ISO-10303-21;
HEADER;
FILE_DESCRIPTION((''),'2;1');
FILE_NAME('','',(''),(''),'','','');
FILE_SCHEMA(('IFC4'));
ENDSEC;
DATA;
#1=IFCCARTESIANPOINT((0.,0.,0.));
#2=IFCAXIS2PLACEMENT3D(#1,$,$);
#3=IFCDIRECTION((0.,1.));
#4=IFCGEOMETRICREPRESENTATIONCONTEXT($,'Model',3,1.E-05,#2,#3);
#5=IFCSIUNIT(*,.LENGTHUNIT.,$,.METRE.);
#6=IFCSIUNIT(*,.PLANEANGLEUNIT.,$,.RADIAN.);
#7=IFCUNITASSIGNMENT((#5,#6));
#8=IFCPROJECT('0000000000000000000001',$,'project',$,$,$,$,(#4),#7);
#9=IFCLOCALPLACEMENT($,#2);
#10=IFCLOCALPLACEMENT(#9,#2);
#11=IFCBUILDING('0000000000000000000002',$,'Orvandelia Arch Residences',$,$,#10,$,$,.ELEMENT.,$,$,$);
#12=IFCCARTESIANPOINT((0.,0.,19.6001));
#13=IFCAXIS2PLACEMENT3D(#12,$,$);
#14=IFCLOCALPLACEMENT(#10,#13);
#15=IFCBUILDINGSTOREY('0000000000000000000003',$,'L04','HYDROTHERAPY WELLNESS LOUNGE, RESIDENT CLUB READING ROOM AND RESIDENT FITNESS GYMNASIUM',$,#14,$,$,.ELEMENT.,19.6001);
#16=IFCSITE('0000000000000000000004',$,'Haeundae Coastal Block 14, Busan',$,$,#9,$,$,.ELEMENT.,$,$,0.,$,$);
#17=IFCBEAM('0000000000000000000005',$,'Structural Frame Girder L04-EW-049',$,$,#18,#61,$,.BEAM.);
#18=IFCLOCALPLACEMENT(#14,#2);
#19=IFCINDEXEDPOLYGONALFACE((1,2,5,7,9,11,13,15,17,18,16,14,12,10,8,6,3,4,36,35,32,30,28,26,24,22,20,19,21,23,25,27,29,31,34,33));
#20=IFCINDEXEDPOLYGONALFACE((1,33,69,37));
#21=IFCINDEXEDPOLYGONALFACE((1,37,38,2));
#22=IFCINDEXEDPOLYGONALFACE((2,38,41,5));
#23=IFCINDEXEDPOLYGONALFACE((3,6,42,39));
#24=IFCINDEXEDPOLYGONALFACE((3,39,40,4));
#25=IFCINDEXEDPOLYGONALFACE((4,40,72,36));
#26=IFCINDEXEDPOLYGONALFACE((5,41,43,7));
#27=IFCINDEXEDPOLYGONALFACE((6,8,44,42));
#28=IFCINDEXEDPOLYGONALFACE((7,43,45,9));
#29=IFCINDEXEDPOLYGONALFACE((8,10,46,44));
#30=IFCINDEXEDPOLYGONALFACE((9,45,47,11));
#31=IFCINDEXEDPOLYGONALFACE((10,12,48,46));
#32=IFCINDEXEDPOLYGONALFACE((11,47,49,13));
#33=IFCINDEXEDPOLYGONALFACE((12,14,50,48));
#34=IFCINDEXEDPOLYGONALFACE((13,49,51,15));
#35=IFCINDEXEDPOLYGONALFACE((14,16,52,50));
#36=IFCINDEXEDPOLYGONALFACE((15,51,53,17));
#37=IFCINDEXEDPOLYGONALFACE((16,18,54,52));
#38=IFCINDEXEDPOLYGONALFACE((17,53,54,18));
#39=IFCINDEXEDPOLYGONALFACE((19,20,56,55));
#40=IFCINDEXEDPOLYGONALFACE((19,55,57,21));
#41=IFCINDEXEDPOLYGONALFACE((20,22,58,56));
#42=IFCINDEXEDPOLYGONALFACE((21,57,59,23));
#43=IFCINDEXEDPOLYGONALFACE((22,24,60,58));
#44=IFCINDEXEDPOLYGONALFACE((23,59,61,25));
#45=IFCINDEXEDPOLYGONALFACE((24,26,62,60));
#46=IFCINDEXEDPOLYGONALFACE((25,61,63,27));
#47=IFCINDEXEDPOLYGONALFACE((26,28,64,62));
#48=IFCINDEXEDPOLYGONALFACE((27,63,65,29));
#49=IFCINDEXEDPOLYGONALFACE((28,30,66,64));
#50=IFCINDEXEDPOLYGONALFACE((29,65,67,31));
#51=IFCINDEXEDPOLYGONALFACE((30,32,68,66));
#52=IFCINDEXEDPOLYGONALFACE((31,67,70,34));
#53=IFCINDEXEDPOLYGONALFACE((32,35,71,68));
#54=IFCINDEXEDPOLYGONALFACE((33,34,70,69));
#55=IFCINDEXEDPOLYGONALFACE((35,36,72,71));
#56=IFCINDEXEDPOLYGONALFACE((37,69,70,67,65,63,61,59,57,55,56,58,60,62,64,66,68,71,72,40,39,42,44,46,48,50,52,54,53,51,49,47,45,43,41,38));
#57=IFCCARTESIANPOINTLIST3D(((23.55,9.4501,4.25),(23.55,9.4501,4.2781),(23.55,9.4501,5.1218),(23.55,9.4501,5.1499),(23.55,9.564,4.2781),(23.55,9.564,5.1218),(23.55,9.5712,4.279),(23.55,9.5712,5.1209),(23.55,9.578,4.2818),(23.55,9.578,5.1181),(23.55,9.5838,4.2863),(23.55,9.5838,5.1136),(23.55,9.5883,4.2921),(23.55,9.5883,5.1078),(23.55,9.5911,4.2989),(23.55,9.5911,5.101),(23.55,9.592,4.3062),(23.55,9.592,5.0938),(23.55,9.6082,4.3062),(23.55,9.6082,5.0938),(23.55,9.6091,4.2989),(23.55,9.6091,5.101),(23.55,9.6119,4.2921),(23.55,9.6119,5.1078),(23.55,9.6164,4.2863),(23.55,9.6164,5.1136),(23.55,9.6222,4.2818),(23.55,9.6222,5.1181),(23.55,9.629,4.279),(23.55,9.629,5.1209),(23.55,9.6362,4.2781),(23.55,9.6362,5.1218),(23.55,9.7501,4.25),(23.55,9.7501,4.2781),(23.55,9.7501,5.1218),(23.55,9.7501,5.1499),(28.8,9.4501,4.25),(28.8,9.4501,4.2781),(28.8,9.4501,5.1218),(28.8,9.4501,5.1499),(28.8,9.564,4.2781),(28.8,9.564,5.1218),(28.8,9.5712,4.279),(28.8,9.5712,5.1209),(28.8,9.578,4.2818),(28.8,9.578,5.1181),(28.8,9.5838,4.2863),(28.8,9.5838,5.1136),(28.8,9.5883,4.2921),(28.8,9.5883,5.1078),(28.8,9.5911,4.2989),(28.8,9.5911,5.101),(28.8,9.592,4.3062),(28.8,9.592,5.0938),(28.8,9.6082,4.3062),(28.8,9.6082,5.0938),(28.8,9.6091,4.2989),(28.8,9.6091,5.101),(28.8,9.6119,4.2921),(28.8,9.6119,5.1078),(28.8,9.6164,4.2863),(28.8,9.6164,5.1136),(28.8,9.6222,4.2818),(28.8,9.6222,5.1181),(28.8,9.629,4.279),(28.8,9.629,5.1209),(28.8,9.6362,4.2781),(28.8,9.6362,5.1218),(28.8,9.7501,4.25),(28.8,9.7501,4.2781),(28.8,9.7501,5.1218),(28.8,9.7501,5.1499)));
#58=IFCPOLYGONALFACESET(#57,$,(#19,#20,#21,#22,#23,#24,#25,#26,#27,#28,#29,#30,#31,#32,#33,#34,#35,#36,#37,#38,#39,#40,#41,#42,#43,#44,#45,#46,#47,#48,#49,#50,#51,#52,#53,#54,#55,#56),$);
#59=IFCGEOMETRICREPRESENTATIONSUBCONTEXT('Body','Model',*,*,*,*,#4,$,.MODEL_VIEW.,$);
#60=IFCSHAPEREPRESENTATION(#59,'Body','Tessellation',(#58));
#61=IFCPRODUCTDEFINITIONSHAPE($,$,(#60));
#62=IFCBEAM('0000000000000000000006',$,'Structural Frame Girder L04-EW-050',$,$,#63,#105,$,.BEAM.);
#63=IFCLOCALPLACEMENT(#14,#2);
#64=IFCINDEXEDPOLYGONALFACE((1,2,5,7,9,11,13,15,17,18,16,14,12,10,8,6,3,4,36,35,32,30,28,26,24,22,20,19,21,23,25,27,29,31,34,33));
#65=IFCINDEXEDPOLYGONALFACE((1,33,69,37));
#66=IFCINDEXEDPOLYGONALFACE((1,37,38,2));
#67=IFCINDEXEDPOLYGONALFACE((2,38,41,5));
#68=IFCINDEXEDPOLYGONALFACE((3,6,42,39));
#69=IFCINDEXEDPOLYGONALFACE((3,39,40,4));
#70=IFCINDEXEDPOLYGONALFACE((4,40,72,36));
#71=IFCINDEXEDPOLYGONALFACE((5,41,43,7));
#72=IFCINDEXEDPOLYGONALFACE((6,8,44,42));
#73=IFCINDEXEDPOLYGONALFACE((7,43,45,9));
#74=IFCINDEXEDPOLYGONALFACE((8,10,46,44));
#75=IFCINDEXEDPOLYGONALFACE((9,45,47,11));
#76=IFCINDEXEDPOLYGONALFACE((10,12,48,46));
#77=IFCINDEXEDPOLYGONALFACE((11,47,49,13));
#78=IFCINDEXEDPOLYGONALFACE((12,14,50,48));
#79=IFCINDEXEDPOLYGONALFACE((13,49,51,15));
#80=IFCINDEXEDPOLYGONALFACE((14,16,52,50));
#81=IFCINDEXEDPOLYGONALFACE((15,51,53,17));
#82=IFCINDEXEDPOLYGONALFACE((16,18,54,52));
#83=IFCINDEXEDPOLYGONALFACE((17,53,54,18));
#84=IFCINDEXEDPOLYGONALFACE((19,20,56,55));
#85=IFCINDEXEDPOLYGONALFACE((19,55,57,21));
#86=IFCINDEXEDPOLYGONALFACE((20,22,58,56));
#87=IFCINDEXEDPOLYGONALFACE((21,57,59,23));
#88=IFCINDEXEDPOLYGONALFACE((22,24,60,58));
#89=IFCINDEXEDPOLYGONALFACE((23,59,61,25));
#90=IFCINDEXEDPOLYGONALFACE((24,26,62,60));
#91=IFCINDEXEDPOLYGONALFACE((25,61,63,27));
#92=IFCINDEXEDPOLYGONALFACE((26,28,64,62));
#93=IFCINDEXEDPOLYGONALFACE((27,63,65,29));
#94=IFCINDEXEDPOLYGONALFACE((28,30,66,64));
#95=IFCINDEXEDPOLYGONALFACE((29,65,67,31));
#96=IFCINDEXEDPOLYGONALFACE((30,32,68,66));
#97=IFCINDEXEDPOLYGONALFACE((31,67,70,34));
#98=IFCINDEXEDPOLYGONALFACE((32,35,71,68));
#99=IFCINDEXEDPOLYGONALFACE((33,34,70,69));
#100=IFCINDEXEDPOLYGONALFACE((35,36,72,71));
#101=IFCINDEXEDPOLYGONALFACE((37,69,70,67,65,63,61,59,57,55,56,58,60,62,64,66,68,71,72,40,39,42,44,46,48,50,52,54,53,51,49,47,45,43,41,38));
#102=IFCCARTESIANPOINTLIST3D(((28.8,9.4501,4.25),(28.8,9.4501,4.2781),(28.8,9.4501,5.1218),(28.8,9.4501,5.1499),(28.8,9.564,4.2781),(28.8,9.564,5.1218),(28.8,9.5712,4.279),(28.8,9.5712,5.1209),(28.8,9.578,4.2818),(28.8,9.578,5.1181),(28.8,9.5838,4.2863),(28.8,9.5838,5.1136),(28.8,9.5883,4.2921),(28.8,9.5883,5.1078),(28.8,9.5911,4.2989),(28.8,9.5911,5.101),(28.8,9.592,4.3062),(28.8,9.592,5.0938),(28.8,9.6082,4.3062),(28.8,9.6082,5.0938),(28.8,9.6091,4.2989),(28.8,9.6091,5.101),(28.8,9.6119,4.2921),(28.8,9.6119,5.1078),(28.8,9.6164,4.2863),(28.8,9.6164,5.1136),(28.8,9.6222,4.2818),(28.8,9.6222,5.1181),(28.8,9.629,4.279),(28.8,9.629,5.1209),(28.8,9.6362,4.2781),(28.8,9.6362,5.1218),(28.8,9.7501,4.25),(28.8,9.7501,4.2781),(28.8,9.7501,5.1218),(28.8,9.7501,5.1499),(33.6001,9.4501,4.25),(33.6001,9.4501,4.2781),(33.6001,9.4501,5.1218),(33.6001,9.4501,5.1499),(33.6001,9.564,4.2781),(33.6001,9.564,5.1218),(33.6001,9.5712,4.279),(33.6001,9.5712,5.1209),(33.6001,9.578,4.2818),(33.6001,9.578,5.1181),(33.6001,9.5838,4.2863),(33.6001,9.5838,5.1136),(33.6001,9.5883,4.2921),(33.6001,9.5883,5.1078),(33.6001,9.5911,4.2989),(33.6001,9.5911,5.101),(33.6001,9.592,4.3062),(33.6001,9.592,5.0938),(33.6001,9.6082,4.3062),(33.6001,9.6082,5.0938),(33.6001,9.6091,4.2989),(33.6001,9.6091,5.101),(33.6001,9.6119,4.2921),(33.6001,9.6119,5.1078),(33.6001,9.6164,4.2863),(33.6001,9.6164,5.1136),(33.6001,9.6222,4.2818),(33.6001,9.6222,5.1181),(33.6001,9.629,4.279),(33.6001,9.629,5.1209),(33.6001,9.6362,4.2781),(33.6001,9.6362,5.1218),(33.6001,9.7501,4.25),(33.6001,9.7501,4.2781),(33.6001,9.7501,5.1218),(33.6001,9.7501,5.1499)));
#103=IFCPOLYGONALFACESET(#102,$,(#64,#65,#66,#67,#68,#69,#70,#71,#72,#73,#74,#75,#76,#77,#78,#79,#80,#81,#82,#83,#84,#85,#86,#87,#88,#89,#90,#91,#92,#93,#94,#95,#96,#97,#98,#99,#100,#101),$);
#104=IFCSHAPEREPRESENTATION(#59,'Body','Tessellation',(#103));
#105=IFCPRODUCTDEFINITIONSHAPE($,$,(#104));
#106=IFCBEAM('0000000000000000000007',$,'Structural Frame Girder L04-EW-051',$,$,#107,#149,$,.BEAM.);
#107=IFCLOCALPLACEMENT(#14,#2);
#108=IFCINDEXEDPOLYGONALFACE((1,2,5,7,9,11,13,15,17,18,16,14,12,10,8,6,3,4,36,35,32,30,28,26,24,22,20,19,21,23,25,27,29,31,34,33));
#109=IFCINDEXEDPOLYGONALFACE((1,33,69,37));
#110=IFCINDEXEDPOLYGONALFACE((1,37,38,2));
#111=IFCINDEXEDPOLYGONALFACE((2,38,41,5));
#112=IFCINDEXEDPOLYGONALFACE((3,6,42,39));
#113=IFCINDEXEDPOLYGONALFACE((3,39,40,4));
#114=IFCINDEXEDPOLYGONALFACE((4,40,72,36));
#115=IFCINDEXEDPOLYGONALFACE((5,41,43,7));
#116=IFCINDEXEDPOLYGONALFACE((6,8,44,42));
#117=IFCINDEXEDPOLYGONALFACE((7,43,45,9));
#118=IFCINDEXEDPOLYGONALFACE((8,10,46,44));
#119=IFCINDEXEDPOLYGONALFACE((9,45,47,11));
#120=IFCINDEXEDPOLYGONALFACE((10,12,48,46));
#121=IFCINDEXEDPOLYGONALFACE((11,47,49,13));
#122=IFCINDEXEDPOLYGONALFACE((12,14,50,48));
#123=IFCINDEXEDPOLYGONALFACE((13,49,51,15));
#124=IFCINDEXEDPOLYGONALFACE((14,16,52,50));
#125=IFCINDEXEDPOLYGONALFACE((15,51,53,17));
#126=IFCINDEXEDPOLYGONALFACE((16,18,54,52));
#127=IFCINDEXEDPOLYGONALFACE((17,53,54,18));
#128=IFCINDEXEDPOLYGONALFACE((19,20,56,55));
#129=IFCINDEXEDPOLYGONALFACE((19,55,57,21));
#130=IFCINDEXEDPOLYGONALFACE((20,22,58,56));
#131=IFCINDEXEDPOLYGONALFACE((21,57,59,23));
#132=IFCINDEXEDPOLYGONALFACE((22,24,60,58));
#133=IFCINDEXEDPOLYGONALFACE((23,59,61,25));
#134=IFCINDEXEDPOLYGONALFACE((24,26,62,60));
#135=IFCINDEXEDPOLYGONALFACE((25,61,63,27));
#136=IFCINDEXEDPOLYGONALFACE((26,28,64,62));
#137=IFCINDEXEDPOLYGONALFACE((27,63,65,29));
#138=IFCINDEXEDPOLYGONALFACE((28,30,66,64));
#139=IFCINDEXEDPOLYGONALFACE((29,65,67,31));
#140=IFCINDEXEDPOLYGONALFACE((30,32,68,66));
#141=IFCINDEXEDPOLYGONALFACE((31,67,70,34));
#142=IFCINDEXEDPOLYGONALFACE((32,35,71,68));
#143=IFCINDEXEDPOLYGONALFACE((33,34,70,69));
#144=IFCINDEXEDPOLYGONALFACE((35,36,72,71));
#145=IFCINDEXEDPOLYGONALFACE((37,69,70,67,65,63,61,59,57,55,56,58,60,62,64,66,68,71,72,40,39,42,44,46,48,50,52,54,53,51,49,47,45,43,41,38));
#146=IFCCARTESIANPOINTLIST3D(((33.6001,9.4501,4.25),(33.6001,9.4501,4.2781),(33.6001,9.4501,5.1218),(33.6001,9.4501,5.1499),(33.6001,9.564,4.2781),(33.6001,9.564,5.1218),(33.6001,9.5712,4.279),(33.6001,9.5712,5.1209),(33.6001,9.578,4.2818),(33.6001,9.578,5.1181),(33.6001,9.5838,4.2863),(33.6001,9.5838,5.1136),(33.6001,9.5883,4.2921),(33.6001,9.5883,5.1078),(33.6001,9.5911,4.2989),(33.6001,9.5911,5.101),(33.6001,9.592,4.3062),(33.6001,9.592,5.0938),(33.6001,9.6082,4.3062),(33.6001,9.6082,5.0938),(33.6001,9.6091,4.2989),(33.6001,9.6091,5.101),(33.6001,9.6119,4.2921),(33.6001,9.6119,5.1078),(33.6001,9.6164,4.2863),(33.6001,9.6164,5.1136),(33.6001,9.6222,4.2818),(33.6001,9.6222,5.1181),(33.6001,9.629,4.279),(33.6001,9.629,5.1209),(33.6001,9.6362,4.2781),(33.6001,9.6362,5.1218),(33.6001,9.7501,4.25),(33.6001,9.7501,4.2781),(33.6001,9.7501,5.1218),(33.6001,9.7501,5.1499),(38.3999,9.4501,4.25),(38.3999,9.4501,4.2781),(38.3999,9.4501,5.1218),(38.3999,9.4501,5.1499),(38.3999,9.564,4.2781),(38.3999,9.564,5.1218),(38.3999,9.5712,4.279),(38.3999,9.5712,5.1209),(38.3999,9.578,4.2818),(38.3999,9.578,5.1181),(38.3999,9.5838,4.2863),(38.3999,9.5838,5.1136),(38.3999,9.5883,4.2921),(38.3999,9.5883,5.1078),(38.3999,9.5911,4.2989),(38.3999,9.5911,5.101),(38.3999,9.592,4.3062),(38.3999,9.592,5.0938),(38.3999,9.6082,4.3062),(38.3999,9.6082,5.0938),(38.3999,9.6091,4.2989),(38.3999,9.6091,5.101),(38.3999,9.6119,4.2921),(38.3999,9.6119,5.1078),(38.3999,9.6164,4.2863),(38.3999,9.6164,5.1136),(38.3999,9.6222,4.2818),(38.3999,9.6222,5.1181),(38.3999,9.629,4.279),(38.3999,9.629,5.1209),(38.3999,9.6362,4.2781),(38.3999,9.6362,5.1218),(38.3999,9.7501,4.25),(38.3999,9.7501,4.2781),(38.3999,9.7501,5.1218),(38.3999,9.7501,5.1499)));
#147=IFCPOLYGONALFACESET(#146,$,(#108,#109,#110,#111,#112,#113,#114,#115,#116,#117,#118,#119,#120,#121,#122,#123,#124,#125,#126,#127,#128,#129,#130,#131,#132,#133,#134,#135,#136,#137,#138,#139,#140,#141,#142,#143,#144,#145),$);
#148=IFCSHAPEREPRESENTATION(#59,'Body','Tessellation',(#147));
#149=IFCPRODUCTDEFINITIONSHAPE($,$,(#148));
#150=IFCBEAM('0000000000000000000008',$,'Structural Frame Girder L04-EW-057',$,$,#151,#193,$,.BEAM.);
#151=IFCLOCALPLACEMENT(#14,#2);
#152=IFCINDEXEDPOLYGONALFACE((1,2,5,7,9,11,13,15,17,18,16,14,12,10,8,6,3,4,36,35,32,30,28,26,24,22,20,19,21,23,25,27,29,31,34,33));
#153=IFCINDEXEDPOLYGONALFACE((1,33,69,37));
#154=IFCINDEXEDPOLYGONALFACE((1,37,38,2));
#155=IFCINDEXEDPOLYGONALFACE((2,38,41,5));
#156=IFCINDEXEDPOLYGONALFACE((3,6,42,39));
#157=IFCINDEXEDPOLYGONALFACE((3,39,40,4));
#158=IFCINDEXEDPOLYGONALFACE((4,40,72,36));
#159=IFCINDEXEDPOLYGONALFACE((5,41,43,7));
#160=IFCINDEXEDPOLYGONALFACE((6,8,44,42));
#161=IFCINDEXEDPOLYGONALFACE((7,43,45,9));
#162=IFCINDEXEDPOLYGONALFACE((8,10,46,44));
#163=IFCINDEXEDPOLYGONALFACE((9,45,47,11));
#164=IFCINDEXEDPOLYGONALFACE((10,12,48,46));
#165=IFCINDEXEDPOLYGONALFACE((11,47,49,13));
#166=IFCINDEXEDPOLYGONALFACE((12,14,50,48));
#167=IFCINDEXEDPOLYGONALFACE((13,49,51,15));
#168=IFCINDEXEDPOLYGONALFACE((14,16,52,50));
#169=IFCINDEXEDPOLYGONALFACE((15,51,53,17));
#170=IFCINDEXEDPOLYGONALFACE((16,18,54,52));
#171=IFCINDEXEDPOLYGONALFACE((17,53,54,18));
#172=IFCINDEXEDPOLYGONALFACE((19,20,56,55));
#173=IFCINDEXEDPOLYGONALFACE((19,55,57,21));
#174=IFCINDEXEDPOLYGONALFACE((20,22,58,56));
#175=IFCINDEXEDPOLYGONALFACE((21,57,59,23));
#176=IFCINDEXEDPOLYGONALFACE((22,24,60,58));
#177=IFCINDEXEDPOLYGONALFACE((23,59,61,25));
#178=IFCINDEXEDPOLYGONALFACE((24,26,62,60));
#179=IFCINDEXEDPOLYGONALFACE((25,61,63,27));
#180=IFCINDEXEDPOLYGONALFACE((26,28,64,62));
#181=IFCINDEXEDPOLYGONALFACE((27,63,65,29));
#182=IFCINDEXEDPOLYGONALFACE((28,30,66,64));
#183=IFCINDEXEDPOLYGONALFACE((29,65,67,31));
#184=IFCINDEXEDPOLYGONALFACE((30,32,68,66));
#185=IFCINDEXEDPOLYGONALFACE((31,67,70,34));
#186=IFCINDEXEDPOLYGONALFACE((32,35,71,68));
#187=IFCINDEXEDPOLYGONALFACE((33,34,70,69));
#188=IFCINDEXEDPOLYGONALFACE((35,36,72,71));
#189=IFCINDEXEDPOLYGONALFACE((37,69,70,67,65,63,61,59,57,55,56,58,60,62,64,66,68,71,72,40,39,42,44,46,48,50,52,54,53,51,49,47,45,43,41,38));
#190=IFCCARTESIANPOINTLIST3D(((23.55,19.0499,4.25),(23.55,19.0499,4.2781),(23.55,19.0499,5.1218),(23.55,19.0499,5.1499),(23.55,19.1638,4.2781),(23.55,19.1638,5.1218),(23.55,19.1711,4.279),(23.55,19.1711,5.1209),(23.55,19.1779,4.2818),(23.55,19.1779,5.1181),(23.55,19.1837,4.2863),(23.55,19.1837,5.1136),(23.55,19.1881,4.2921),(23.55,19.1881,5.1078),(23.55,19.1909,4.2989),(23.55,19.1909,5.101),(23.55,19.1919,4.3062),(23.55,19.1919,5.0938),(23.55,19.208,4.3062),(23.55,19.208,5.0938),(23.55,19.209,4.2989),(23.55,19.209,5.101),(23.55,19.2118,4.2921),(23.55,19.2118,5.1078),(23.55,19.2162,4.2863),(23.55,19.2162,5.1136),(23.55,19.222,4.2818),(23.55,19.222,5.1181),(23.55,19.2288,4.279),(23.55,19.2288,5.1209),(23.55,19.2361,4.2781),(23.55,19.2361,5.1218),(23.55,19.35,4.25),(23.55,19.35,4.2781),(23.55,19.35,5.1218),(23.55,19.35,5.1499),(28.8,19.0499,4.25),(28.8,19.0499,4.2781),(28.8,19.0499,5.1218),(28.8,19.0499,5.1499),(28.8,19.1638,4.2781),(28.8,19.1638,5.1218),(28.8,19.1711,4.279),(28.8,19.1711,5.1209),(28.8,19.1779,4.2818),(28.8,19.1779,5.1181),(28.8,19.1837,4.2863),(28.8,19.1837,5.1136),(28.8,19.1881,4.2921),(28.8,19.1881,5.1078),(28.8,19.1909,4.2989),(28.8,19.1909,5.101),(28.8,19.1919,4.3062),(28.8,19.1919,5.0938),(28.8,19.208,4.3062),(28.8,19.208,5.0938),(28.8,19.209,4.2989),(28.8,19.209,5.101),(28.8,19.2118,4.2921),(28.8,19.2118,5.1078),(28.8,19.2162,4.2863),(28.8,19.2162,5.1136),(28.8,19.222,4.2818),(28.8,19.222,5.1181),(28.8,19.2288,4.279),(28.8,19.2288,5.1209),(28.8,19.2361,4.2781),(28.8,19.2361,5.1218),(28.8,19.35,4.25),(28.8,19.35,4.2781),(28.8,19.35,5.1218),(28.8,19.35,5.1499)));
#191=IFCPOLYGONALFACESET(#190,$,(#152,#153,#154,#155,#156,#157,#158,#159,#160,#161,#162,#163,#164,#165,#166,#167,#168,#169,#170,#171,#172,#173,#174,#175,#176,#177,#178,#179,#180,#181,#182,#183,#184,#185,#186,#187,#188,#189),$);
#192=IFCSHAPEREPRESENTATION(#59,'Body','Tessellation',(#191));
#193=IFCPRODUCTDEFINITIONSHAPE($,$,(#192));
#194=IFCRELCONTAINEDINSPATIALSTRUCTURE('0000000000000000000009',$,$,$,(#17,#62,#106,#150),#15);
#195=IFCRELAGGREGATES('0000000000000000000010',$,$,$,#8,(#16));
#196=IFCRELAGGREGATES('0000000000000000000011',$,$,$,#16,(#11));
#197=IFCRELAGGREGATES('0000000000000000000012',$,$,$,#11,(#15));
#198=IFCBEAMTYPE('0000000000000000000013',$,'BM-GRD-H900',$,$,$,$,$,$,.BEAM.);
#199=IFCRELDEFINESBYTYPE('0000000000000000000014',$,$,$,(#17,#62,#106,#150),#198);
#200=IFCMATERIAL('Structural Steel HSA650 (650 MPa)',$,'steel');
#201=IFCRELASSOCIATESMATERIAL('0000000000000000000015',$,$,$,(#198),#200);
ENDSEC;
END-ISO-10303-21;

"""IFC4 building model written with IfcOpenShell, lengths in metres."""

from ifc_helpers import new_model, si_unit, direction, frame, origin, origin_2d, place, context, subcontext, project, spatial, i_section, extrude, material, material_profile, profile_set, type_object, element, save


model = new_model("IFC4")

# Units and contexts
model_context = context("Model", 3, precision=1e-05, world=origin(), true_north=direction((0.0, 1.0)))
body_context = subcontext(model_context, "Body", "Model", "MODEL_VIEW")
ifc_project = project(units=[si_unit("LENGTHUNIT", "METRE"), si_unit("PLANEANGLEUNIT", "RADIAN")], contexts=[model_context])

# Site, building, storey
site_placement = place(None, origin())
site = spatial("IfcSite", under=ifc_project, at=site_placement, Name="Haeundae Coastal Block 14, Busan", CompositionType="ELEMENT", RefElevation=0.0)
building_placement = place(site_placement, origin())
building = spatial("IfcBuilding", under=site, at=building_placement, Name="Orvandelia Arch Residences", CompositionType="ELEMENT")
storey_placement = place(building_placement, frame((0.0, 0.0, 19.6001)))
storey = spatial("IfcBuildingStorey", under=building, at=storey_placement, Name="L04", Description="HYDROTHERAPY WELLNESS LOUNGE, RESIDENT CLUB READING ROOM AND RESIDENT FITNESS GYMNASIUM", CompositionType="ELEMENT", Elevation=19.6001)

# Shared definitions
ifc_material_1 = material(Name="Structural Steel HSA650 (650 MPa)", Category="steel")

# Beams
ifc_material_profile_1 = material_profile(ifc_material_1, i_section(OverallWidth=0.3, OverallDepth=0.8999, WebThickness=0.0161, FlangeThickness=0.0281, FilletRadius=0.0281, at=origin_2d()), Name="Structural Steel HSA650 (650 MPa)", Category="steel")
ifc_profile_set_1 = profile_set([ifc_material_profile_1], Name="Structural Steel HSA650 (650 MPa)")
beam_type = type_object("IfcBeamType", Name="BM-GRD-H900", PredefinedType="BEAM", material=ifc_profile_set_1)
beam_1_placement = place(storey_placement, frame((23.55, 9.6001, 4.7), z_axis=(1.0, 0.0, 0.0), x_axis=(0.0, 1.0, 0.0)))
element("IfcBeam", 1, at=beam_1_placement, inside=storey, type_object=beam_type, Name="Structural Frame Girder L04-EW-049", PredefinedType="BEAM", context=body_context, shape_type="SweptSolid", body=[
    extrude(i_section(OverallWidth=0.3, OverallDepth=0.8999, WebThickness=0.0161, FlangeThickness=0.0281, FilletRadius=0.0281, at=origin_2d()), origin(), (0.0, 0.0, 1.0), 5.25),
])
beam_2_placement = place(storey_placement, frame((28.8, 9.6001, 4.7), z_axis=(1.0, 0.0, 0.0), x_axis=(0.0, 1.0, 0.0)))
element("IfcBeam", 2, at=beam_2_placement, inside=storey, type_object=beam_type, Name="Structural Frame Girder L04-EW-050", PredefinedType="BEAM", context=body_context, shape_type="SweptSolid", body=[
    extrude(i_section(OverallWidth=0.3, OverallDepth=0.8999, WebThickness=0.0161, FlangeThickness=0.0281, FilletRadius=0.0281, at=origin_2d()), origin(), (0.0, 0.0, 1.0), 4.8),
])
beam_3_placement = place(storey_placement, frame((33.6001, 9.6001, 4.7), z_axis=(1.0, 0.0, 0.0), x_axis=(0.0, 1.0, 0.0)))
element("IfcBeam", 3, at=beam_3_placement, inside=storey, type_object=beam_type, Name="Structural Frame Girder L04-EW-051", PredefinedType="BEAM", context=body_context, shape_type="SweptSolid", body=[
    extrude(i_section(OverallWidth=0.3, OverallDepth=0.8999, WebThickness=0.0161, FlangeThickness=0.0281, FilletRadius=0.0281, at=origin_2d()), origin(), (0.0, 0.0, 1.0), 4.7998),
])
beam_4_placement = place(storey_placement, frame((23.55, 19.2, 4.7), z_axis=(1.0, 0.0, 0.0), x_axis=(0.0, 1.0, 0.0)))
element("IfcBeam", 4, at=beam_4_placement, inside=storey, type_object=beam_type, Name="Structural Frame Girder L04-EW-057", PredefinedType="BEAM", context=body_context, shape_type="SweptSolid", body=[
    extrude(i_section(OverallWidth=0.3, OverallDepth=0.8999, WebThickness=0.0161, FlangeThickness=0.0281, FilletRadius=0.0281, at=origin_2d()), origin(), (0.0, 0.0, 1.0), 5.25),
])

save(model, "model.ifc")
